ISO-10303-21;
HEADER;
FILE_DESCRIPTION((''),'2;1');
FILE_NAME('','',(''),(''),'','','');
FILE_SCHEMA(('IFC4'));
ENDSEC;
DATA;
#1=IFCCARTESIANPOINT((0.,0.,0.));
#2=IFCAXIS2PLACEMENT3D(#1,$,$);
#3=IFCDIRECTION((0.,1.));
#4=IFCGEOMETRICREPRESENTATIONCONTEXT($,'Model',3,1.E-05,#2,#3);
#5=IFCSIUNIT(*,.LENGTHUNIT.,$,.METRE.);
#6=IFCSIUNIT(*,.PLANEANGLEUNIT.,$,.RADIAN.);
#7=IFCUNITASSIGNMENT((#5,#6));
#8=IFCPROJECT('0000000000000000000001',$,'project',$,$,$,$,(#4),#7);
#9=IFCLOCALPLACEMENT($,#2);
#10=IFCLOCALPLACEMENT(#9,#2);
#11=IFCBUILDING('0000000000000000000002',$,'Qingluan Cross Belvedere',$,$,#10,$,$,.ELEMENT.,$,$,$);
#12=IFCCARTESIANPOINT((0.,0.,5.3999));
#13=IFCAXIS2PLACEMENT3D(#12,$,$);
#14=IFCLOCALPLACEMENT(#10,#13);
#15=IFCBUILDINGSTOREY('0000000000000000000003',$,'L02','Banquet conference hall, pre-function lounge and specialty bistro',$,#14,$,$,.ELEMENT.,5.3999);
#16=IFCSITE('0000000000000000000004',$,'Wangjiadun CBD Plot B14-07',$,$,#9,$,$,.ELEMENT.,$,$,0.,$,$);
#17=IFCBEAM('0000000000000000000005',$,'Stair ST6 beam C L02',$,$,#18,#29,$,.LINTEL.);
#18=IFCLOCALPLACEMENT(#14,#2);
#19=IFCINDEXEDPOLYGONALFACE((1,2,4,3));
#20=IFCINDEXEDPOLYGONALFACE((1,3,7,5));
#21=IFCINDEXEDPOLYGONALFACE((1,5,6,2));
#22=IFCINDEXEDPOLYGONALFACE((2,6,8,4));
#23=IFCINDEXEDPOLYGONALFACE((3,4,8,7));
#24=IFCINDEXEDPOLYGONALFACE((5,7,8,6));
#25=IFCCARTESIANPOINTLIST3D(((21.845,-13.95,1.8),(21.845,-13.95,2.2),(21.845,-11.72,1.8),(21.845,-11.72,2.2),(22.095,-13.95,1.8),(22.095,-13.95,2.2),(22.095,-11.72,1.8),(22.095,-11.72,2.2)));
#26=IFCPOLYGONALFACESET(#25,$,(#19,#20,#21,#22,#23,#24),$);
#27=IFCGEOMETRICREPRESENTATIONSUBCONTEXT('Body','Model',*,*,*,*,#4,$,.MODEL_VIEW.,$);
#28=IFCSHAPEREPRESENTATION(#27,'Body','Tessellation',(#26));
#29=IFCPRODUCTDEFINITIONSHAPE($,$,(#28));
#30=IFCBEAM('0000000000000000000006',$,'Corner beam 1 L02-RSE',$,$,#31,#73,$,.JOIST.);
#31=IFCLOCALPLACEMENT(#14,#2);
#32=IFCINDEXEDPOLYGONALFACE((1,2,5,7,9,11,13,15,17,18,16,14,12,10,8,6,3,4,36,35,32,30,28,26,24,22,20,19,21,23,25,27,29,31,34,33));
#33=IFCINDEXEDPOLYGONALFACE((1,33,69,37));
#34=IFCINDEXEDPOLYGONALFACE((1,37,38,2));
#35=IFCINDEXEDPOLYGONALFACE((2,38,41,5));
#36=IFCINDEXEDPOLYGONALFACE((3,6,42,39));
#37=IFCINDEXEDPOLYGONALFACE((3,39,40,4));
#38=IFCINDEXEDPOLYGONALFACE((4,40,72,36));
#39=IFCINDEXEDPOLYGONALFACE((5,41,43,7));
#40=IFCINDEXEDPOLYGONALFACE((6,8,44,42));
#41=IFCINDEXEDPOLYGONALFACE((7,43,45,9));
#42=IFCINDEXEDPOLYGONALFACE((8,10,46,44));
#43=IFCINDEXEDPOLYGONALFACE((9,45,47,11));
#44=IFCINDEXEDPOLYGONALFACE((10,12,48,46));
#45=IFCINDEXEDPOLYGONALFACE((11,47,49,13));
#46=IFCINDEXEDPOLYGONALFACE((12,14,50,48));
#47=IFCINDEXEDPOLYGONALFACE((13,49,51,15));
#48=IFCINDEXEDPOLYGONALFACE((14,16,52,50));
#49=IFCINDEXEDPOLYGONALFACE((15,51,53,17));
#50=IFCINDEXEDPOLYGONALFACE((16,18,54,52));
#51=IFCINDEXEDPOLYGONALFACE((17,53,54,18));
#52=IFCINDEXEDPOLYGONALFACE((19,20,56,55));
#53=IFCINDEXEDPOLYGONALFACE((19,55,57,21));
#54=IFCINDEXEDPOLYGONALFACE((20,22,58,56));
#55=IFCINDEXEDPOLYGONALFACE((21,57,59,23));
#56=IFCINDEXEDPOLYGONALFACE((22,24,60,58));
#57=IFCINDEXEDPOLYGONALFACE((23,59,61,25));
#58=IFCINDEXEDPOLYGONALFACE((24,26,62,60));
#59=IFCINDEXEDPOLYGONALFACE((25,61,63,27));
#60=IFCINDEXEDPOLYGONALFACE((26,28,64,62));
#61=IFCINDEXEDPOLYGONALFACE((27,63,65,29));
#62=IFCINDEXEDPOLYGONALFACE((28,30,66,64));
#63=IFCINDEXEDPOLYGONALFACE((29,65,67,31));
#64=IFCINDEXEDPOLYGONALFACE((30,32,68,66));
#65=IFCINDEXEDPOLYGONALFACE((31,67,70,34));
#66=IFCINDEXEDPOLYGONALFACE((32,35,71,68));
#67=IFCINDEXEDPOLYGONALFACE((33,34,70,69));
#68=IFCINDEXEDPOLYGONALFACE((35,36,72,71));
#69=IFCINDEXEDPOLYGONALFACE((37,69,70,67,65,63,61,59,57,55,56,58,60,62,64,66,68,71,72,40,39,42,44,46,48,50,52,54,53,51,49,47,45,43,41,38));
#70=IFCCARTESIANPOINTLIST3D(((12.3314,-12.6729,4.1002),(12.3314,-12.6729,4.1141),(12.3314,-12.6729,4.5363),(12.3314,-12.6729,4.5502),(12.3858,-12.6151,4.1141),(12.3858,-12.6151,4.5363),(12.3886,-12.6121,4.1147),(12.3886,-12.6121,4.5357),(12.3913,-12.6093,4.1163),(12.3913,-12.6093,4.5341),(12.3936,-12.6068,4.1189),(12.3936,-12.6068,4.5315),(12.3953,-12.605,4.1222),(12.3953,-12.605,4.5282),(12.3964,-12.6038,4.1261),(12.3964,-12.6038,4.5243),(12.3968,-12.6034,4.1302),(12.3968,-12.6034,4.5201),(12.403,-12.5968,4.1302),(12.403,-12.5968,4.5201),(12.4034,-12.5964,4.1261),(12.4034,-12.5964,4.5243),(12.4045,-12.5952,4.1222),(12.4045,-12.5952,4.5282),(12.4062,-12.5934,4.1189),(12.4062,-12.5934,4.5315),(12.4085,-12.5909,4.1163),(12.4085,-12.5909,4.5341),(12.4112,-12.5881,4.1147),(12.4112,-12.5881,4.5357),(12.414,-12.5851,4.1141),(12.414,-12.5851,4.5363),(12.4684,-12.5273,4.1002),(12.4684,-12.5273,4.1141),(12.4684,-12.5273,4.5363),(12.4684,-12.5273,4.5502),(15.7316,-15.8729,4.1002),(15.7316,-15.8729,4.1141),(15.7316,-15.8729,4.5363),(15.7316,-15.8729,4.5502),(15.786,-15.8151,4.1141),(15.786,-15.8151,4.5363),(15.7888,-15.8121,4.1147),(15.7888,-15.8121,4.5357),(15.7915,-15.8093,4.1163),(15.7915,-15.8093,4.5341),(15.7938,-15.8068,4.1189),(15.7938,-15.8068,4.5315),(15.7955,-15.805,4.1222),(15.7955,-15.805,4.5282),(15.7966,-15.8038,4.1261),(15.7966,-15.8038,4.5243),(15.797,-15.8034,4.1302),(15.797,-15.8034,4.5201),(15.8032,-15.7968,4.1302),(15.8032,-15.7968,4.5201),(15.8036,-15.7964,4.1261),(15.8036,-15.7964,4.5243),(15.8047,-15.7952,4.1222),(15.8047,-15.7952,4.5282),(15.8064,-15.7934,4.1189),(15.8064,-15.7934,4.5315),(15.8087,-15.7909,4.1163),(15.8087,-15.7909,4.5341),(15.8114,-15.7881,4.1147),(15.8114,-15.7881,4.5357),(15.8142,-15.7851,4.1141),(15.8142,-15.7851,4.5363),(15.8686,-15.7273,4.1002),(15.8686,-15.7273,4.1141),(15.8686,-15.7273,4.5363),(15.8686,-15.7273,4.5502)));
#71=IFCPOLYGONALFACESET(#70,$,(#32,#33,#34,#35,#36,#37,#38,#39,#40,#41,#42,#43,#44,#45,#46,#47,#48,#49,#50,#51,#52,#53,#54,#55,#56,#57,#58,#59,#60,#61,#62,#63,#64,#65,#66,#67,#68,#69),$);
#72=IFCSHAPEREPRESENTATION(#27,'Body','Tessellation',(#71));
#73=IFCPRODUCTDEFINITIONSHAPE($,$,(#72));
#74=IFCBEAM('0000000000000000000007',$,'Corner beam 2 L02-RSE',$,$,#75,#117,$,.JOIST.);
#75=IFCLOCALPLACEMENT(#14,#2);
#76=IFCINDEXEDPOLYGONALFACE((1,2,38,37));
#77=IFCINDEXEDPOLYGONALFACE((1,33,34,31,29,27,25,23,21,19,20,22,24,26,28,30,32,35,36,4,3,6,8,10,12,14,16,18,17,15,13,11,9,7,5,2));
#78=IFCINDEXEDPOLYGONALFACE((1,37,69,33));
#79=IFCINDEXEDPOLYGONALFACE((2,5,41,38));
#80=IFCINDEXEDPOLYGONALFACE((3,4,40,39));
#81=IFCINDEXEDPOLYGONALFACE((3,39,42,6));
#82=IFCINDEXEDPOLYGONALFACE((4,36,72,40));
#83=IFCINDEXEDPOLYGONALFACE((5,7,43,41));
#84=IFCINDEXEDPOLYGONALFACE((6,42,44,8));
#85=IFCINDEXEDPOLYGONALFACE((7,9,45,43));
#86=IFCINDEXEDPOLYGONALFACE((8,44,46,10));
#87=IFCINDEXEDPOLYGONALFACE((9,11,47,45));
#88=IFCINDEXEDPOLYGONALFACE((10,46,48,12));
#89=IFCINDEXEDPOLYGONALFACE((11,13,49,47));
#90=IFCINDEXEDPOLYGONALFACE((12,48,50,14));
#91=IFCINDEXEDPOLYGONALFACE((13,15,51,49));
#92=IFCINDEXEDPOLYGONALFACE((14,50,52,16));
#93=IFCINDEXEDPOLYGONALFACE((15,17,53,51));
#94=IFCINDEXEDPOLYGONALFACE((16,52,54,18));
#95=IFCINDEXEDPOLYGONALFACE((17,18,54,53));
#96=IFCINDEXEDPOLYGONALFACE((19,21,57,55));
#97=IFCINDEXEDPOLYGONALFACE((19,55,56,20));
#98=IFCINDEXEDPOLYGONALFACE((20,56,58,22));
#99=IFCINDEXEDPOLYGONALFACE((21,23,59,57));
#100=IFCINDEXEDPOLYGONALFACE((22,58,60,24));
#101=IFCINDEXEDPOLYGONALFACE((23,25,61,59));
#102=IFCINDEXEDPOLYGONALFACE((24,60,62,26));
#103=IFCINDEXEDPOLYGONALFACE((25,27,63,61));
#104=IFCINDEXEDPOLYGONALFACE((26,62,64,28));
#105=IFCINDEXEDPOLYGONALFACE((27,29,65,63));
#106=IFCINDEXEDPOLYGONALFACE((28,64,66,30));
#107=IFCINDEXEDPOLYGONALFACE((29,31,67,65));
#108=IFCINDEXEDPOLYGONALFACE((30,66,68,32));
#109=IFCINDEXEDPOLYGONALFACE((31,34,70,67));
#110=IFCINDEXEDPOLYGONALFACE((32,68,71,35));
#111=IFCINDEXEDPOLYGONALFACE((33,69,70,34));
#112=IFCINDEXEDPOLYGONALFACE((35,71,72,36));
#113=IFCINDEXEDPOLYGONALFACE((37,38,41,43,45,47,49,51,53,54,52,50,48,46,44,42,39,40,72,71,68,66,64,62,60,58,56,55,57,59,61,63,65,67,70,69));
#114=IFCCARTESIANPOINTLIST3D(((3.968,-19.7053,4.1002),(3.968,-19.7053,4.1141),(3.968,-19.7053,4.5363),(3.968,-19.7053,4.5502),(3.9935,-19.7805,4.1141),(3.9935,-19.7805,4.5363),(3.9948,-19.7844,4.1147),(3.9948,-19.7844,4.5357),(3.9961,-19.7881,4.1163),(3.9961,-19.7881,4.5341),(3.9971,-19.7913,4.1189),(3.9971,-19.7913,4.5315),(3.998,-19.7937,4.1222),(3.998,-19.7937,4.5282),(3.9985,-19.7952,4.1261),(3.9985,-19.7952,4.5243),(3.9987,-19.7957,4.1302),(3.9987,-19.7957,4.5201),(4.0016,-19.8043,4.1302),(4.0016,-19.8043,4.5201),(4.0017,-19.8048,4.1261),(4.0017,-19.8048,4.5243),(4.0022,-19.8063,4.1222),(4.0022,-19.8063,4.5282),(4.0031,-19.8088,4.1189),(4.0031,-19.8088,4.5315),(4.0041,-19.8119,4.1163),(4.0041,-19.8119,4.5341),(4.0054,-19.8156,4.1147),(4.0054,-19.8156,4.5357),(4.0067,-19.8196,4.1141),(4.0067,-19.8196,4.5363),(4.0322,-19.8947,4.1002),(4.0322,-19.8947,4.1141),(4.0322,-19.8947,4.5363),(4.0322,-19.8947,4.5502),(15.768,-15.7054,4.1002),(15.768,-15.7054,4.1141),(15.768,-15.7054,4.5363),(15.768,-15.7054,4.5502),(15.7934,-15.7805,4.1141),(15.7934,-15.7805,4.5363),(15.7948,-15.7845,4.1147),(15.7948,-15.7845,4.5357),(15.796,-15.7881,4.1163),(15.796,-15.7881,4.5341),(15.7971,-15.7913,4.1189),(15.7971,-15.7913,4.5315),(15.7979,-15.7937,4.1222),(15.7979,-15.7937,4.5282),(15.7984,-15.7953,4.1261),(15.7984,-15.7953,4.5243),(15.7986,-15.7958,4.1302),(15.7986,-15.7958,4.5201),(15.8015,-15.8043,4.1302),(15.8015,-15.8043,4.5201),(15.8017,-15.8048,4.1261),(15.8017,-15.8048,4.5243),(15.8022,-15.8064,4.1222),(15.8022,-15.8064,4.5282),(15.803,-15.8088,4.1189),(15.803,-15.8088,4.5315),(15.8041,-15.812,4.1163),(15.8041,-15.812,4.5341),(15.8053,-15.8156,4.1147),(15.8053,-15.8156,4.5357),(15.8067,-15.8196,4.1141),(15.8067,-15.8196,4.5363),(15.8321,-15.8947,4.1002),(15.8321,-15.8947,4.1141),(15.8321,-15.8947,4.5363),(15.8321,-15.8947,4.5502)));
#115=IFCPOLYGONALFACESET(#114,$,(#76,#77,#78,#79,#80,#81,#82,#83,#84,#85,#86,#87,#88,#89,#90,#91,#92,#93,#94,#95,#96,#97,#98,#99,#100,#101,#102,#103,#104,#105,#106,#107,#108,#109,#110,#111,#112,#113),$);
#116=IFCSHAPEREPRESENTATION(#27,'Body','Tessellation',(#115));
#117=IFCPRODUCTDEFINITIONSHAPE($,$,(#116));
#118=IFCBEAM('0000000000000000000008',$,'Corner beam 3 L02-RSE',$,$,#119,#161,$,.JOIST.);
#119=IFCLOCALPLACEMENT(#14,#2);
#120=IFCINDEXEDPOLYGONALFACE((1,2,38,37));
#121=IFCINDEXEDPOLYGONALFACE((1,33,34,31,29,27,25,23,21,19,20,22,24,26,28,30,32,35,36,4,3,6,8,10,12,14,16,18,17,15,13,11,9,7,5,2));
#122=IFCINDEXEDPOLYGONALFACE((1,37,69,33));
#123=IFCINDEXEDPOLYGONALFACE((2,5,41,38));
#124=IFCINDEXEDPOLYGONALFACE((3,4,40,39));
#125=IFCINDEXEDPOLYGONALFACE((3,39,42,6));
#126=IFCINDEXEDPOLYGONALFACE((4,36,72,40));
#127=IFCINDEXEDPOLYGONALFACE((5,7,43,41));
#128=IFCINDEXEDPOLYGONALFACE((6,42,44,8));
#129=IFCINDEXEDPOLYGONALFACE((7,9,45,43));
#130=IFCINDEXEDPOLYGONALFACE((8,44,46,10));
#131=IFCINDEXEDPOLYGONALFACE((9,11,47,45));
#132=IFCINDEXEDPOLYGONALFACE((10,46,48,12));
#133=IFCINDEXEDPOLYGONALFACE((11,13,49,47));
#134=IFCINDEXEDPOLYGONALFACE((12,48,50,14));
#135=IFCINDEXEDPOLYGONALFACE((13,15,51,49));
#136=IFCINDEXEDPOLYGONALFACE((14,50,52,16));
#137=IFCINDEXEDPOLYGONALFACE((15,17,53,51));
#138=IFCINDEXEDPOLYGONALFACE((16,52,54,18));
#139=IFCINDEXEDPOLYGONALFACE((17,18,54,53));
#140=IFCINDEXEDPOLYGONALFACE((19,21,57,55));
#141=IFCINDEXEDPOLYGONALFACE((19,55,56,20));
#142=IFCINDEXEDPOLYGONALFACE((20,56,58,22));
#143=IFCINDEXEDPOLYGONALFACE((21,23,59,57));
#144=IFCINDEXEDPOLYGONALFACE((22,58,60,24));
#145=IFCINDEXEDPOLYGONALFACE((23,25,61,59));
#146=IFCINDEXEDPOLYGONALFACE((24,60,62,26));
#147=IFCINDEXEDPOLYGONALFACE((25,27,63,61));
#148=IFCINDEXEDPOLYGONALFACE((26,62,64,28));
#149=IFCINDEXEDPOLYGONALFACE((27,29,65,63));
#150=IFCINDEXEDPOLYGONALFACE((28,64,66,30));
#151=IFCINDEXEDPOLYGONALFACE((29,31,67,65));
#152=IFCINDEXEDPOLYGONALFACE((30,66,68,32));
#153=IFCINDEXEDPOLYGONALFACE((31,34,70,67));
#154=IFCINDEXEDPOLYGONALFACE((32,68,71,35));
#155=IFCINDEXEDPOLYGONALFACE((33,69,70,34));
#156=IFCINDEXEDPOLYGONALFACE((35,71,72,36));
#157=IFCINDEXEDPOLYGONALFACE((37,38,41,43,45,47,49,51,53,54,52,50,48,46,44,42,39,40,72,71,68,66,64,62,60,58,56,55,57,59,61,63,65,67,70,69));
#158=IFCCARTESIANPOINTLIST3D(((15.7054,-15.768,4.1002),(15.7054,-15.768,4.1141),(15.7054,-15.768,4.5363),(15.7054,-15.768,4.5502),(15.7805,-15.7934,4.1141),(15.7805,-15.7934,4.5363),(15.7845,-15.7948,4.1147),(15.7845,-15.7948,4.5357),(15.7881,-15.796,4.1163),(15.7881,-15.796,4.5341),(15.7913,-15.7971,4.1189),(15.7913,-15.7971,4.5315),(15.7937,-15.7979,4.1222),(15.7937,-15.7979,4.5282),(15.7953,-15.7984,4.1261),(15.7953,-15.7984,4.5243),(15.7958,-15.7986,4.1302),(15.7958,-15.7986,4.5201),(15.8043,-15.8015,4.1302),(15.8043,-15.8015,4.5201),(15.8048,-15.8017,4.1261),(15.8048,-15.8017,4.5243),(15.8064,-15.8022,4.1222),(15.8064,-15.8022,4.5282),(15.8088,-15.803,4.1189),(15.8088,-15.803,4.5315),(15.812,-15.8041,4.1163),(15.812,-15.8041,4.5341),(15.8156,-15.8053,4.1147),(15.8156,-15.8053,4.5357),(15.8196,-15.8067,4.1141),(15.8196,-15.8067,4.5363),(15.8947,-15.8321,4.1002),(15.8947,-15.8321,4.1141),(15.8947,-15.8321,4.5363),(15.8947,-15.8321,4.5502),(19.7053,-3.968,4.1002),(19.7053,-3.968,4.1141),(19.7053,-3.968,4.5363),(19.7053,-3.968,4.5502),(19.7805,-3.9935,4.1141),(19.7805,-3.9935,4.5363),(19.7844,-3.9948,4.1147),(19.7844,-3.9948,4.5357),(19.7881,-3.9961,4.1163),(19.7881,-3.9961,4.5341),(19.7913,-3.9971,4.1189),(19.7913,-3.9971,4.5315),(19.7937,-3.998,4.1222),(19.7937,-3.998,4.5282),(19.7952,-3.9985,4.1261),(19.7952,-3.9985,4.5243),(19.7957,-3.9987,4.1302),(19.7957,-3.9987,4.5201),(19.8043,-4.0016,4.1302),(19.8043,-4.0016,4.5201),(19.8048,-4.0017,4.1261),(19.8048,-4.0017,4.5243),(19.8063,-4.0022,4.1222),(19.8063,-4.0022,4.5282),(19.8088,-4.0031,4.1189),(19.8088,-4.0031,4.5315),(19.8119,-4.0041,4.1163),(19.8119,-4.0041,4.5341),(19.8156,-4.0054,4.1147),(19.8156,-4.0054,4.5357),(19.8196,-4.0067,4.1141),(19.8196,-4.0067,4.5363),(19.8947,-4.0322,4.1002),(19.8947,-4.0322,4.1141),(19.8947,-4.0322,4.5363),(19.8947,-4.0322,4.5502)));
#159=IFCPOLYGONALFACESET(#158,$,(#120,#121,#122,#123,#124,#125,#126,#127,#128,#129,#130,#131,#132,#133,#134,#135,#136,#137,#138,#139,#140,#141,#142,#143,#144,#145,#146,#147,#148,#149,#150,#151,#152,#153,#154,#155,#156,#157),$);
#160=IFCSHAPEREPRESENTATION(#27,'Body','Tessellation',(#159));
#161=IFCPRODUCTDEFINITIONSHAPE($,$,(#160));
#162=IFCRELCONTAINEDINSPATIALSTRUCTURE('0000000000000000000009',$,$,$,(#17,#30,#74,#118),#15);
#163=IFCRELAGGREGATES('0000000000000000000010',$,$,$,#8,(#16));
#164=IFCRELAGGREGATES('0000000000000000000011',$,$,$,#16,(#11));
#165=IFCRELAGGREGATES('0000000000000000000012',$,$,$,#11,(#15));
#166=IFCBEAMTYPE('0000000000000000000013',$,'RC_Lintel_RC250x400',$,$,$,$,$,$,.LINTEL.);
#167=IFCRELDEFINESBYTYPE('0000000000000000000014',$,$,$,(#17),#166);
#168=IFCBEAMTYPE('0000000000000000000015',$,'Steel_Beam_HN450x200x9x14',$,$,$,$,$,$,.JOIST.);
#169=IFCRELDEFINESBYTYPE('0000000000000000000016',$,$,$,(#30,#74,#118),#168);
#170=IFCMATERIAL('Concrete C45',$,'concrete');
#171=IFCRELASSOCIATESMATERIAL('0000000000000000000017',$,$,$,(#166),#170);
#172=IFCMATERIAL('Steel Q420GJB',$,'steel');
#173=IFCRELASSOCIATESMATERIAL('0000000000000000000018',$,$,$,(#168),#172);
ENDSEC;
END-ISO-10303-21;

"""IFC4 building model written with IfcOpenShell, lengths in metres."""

from ifc_helpers import new_model, si_unit, direction, frame, origin, origin_2d, place, context, subcontext, project, spatial, rectangle, i_section, extrude, material, material_profile, profile_set, type_object, element, save


model = new_model("IFC4")

# Units and contexts
model_context = context("Model", 3, precision=1e-05, world=origin(), true_north=direction((0.0, 1.0)))
body_context = subcontext(model_context, "Body", "Model", "MODEL_VIEW")
ifc_project = project(units=[si_unit("LENGTHUNIT", "METRE"), si_unit("PLANEANGLEUNIT", "RADIAN")], contexts=[model_context])

# Site, building, storey
site_placement = place(None, origin())
site = spatial("IfcSite", under=ifc_project, at=site_placement, Name="Wangjiadun CBD Plot B14-07", CompositionType="ELEMENT", RefElevation=0.0)
building_placement = place(site_placement, origin())
building = spatial("IfcBuilding", under=site, at=building_placement, Name="Qingluan Cross Belvedere", CompositionType="ELEMENT")
storey_placement = place(building_placement, frame((0.0, 0.0, 5.3999)))
storey = spatial("IfcBuildingStorey", under=building, at=storey_placement, Name="L02", Description="Banquet conference hall, pre-function lounge and specialty bistro", CompositionType="ELEMENT", Elevation=5.3999)

# Beams
ifc_material_1 = material(Name="Concrete C45", Category="concrete")
ifc_material_profile_1 = material_profile(ifc_material_1, rectangle(XDim=0.25, YDim=0.3999, at=origin_2d()), Name="RC250x400")
ifc_profile_set_1 = profile_set([ifc_material_profile_1], Name="Concrete C45")
beam_type_1 = type_object("IfcBeamType", Name="RC_Lintel_RC250x400", PredefinedType="LINTEL", material=ifc_profile_set_1)
for number, where, z_axis, x_axis, name in (
    (1, (21.97, -13.95, 2.0), (0.0, 1.0, 0.0), (-1.0, 0.0, 0.0), "Stair ST6 beam C L02"),
):
    element("IfcBeam", number, at=place(storey_placement, frame(where, z_axis=z_axis, x_axis=x_axis)), inside=storey, type_object=beam_type_1, Name=name, PredefinedType="LINTEL", context=body_context, shape_type="SweptSolid", body=[
        extrude(rectangle(XDim=0.25, YDim=0.3999, at=origin_2d()), origin(), (0.0, 0.0, 1.0), 2.23),
    ])
ifc_material_2 = material(Name="Steel Q420GJB", Category="steel")
ifc_material_profile_2 = material_profile(ifc_material_2, i_section(OverallWidth=0.2, OverallDepth=0.45, WebThickness=0.009, FlangeThickness=0.0139, FilletRadius=0.0161, at=origin_2d()), Name="HN450x200x9x14")
ifc_profile_set_2 = profile_set([ifc_material_profile_2], Name="Steel Q420GJB")
beam_type_2 = type_object("IfcBeamType", Name="Steel_Beam_HN450x200x9x14", PredefinedType="JOIST", material=ifc_profile_set_2)
beam_1_placement = place(storey_placement, frame((12.3999, -12.6001, 4.3252), z_axis=(0.72822, -0.685343, 0.0), x_axis=(0.685343, 0.72822, 0.0)))
element("IfcBeam", 2, at=beam_1_placement, inside=storey, type_object=beam_type_2, Name="Corner beam 1 L02-RSE", PredefinedType="JOIST", context=body_context, shape_type="SweptSolid", body=[
    extrude(i_section(OverallWidth=0.2, OverallDepth=0.45, WebThickness=0.009, FlangeThickness=0.0139, FilletRadius=0.0161, at=origin_2d()), origin(), (0.0, 0.0, 1.0), 4.6692),
])
for number, where, z_axis, x_axis, name in (
    (3, (15.8, -15.8, 4.3252), (-0.947066, -0.321038, 0.0), (0.321038, -0.947066, 0.0), "Corner beam 2 L02-RSE"),
    (4, (15.8, -15.8, 4.3252), (0.321038, 0.947066, 0.0), (-0.947066, 0.321038, 0.0), "Corner beam 3 L02-RSE"),
):
    element("IfcBeam", number, at=place(storey_placement, frame(where, z_axis=z_axis, x_axis=x_axis)), inside=storey, type_object=beam_type_2, Name=name, PredefinedType="JOIST", context=body_context, shape_type="SweptSolid", body=[
        extrude(i_section(OverallWidth=0.2, OverallDepth=0.45, WebThickness=0.009, FlangeThickness=0.0139, FilletRadius=0.0161, at=origin_2d()), origin(), (0.0, 0.0, 1.0), 12.4595),
    ])

save(model, "model.ifc")
